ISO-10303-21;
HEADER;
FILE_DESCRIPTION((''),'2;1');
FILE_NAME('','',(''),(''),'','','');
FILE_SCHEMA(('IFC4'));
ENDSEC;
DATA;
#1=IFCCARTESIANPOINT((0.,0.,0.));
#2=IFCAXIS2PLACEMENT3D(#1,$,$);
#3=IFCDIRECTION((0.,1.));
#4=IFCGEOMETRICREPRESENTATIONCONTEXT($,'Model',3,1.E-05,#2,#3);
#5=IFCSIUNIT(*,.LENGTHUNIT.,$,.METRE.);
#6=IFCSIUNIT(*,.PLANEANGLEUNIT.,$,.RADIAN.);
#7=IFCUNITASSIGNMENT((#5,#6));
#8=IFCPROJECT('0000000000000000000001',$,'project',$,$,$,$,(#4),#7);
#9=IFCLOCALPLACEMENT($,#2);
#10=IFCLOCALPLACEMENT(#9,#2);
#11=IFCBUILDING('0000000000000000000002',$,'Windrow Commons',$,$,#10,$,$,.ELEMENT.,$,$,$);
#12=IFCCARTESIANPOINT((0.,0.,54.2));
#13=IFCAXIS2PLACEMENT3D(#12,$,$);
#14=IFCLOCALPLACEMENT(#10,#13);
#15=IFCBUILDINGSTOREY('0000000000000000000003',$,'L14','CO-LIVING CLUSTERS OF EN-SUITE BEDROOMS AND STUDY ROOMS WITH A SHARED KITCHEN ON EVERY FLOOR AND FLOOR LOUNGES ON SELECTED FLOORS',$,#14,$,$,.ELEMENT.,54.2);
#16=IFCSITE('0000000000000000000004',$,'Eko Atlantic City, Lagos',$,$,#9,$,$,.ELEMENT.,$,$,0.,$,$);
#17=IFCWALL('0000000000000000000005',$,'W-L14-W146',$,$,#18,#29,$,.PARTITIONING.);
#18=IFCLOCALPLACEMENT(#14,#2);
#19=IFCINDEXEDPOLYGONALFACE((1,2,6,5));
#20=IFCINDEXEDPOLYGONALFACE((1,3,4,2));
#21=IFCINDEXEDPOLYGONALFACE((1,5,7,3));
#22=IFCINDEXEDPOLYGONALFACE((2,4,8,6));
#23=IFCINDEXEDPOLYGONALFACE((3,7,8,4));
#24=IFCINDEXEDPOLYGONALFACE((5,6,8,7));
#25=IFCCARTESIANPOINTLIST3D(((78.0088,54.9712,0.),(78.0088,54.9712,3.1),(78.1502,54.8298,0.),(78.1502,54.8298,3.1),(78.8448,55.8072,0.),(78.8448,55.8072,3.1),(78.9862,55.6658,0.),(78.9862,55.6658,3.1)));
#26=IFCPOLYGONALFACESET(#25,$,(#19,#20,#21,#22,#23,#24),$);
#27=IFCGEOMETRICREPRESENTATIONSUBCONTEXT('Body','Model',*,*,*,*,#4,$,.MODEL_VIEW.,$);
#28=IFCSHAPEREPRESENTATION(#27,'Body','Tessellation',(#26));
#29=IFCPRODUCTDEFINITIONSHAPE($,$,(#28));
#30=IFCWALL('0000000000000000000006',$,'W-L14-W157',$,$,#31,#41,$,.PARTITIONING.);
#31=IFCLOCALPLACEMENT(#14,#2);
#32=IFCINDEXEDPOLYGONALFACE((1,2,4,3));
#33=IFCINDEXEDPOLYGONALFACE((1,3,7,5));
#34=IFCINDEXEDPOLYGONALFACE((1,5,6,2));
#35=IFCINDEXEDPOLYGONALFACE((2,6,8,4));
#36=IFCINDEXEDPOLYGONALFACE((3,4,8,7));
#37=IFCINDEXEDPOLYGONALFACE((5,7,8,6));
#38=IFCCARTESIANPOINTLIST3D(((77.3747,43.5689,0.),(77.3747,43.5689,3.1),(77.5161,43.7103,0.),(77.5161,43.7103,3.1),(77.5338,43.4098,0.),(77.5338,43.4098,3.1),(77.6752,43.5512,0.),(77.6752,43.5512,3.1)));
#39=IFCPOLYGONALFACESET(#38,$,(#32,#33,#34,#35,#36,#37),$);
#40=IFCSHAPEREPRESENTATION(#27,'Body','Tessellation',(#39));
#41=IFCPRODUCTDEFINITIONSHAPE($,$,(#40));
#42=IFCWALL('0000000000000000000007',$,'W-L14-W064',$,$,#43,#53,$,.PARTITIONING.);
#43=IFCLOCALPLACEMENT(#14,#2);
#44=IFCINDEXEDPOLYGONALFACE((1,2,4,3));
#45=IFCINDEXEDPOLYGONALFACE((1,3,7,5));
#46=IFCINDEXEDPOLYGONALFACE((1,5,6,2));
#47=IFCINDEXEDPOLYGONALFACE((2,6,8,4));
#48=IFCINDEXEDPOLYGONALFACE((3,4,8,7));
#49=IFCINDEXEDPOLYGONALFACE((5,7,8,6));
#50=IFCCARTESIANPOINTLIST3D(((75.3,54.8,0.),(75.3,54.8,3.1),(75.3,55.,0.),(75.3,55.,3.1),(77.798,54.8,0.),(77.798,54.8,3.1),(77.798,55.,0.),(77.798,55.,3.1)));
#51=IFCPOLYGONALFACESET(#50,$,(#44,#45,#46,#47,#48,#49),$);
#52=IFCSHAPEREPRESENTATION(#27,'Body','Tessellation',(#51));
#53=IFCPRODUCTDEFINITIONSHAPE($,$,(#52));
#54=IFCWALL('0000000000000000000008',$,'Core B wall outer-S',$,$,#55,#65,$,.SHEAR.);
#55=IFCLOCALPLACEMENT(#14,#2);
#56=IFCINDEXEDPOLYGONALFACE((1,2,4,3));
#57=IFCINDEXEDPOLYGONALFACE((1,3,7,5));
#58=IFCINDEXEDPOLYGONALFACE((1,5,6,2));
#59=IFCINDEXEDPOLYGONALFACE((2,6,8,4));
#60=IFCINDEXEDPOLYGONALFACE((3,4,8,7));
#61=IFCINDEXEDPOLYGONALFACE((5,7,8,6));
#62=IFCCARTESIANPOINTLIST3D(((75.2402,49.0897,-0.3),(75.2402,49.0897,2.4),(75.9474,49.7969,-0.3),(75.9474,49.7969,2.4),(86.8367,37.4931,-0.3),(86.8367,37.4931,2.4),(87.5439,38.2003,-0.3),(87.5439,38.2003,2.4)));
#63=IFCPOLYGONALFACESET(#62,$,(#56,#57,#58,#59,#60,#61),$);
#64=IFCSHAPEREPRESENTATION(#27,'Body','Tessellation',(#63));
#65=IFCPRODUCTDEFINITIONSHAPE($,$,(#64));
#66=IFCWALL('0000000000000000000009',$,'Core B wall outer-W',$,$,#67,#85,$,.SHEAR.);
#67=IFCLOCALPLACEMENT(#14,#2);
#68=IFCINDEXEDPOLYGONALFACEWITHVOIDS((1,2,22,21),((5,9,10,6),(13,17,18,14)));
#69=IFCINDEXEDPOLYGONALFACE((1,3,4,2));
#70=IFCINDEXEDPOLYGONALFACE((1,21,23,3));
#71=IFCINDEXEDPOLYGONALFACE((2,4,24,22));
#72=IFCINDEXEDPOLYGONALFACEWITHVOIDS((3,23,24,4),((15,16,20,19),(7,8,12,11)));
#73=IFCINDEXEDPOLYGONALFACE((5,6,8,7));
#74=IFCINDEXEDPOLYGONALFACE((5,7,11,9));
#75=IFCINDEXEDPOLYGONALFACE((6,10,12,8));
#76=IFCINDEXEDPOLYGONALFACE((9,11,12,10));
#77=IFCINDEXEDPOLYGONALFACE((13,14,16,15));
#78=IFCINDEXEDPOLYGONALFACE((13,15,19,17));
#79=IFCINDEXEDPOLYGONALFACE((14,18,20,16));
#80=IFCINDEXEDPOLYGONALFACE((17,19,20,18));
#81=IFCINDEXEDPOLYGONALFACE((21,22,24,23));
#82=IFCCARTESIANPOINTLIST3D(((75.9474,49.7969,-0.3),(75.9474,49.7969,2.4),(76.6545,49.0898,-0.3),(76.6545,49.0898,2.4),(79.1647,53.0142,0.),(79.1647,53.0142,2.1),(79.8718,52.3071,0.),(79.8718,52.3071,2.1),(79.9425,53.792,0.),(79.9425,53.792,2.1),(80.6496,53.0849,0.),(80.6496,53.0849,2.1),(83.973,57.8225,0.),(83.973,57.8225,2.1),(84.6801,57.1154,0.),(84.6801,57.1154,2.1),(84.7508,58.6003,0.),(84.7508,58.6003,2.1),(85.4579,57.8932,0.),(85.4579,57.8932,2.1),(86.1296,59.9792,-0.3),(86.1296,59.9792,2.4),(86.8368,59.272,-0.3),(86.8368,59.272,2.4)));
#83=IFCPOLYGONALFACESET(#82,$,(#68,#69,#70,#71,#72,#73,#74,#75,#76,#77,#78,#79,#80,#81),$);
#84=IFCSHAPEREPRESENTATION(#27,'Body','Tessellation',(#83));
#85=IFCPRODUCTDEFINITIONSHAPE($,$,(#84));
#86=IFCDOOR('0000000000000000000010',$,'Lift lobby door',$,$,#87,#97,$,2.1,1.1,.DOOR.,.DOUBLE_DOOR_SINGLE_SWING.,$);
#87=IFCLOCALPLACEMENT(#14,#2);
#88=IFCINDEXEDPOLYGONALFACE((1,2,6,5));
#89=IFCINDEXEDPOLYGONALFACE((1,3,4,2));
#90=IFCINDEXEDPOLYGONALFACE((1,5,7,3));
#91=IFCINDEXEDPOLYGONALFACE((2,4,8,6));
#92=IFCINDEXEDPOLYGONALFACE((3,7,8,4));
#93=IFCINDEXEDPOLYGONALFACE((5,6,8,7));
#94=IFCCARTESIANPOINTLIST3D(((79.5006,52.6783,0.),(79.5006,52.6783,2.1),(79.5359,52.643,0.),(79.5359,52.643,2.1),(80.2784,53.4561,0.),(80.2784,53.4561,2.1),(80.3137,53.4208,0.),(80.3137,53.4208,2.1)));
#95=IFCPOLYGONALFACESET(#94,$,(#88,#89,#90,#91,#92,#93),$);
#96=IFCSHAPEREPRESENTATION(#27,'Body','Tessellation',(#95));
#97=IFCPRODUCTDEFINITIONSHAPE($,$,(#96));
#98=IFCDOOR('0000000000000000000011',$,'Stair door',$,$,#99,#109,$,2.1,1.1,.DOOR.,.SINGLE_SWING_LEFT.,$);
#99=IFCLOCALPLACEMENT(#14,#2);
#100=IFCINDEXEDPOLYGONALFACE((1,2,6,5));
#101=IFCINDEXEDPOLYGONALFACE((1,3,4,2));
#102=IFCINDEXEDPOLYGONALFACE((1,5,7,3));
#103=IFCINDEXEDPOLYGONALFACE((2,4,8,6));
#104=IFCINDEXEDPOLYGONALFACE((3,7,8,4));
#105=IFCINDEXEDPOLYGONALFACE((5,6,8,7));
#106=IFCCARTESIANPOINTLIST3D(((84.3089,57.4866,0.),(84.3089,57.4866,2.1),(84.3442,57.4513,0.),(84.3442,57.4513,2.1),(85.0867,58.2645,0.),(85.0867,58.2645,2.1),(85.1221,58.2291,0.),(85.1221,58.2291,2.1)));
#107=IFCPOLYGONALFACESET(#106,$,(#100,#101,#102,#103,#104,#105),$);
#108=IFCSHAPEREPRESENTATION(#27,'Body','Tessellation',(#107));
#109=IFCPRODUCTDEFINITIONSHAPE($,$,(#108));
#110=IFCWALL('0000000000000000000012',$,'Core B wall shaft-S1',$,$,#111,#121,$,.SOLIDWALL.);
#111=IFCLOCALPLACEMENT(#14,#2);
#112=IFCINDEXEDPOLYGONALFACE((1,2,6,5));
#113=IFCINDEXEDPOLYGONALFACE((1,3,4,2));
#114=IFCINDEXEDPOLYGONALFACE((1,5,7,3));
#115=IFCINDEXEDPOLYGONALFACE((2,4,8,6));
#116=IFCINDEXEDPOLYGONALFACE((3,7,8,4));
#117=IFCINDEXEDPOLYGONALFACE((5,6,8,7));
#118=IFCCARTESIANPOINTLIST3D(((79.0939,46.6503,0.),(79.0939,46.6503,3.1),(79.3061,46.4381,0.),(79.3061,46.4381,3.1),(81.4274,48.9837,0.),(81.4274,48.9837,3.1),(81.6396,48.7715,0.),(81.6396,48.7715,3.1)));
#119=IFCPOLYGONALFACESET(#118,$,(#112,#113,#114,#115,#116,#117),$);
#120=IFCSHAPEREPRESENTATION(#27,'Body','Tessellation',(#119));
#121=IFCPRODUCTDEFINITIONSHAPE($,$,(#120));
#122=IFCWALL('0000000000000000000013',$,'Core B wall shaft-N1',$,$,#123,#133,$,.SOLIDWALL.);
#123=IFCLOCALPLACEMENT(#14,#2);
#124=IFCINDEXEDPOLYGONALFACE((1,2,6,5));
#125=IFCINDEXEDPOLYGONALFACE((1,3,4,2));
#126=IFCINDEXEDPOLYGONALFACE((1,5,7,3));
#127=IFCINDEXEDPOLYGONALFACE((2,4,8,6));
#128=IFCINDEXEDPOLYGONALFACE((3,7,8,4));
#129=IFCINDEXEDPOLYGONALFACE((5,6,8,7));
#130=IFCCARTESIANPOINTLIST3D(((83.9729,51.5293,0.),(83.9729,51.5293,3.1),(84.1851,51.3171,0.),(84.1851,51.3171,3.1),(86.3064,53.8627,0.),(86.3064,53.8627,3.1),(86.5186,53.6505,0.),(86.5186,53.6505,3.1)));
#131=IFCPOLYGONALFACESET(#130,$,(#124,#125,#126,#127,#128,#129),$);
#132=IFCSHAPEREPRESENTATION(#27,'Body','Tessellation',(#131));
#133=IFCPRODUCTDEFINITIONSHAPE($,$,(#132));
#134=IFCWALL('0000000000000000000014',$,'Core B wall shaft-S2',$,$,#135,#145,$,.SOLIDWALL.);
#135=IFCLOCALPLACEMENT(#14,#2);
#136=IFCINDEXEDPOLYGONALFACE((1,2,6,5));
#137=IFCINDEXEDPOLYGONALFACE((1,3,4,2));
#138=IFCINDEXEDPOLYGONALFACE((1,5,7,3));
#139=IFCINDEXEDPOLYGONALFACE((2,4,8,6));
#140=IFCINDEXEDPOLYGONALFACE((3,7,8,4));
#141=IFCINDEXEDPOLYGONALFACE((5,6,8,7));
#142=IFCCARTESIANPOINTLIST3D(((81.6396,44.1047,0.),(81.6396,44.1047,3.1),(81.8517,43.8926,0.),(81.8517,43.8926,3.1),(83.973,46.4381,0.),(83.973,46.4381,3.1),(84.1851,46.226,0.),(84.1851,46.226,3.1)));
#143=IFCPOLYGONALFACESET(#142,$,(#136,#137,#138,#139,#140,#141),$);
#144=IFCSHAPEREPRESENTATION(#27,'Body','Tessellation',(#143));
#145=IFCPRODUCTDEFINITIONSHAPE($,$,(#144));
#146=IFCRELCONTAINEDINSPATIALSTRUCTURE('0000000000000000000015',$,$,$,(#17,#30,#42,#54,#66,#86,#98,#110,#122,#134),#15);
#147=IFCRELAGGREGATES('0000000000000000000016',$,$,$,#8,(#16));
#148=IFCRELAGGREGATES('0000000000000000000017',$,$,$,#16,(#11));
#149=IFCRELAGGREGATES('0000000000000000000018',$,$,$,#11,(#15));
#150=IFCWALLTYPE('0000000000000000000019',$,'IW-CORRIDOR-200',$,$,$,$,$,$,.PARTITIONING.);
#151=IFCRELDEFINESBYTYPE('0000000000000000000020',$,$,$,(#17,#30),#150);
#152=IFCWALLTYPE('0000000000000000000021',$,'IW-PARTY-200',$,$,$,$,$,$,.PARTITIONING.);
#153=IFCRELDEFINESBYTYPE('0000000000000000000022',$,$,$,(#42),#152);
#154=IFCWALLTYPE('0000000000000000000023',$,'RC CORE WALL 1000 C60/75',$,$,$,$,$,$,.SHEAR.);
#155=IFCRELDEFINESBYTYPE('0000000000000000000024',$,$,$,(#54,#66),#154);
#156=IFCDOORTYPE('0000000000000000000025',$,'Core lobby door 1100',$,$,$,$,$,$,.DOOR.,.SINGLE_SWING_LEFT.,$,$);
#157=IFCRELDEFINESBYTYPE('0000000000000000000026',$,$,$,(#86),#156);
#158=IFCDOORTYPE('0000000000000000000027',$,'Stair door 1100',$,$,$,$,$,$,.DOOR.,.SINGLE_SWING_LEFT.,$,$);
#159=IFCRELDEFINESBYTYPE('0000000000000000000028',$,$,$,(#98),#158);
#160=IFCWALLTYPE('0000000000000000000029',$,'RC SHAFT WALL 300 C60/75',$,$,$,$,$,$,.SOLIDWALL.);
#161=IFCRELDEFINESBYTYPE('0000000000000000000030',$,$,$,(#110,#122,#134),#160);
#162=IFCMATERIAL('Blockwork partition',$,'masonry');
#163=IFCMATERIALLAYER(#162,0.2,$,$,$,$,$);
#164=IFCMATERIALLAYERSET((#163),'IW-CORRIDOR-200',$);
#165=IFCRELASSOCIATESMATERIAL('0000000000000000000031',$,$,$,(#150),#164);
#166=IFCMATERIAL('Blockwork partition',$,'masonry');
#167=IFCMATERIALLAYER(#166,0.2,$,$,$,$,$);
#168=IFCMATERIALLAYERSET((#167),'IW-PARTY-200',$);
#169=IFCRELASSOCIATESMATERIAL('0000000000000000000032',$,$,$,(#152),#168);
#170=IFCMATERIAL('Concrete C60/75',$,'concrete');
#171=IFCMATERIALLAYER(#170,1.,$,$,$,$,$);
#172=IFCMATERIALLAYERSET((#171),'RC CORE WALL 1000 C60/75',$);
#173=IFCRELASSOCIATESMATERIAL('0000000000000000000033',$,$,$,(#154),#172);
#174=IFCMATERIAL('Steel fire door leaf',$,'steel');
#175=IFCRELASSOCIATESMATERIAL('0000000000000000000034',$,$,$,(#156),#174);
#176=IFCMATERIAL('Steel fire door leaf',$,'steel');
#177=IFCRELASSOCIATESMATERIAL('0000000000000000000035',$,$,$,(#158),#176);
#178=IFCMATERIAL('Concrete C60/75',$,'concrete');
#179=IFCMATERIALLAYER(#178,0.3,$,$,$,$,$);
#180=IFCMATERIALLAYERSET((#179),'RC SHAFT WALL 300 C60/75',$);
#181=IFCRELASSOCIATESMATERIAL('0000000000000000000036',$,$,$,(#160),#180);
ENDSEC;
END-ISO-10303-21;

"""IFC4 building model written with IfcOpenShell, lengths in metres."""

from ifc_helpers import new_model, si_unit, direction, frame, frame_2d, origin, place, context, subcontext, project, spatial, rectangle, extrude, material, layer, layer_set, type_object, element, fill, save


model = new_model("IFC4")

# Units and contexts
model_context = context("Model", 3, precision=1e-05, world=origin(), true_north=direction((0.0, 1.0)))
body_context = subcontext(model_context, "Body", "Model", "MODEL_VIEW")
ifc_project = project(units=[si_unit("LENGTHUNIT", "METRE"), si_unit("PLANEANGLEUNIT", "RADIAN")], contexts=[model_context])

# Site, building, storey
site_placement = place(None, origin())
site = spatial("IfcSite", under=ifc_project, at=site_placement, Name="Eko Atlantic City, Lagos", CompositionType="ELEMENT", RefElevation=0.0)
building_placement = place(site_placement, origin())
building = spatial("IfcBuilding", under=site, at=building_placement, Name="Windrow Commons", CompositionType="ELEMENT")
storey_placement = place(building_placement, frame((0.0, 0.0, 54.2)))
storey = spatial("IfcBuildingStorey", under=building, at=storey_placement, Name="L14", Description="CO-LIVING CLUSTERS OF EN-SUITE BEDROOMS AND STUDY ROOMS WITH A SHARED KITCHEN ON EVERY FLOOR AND FLOOR LOUNGES ON SELECTED FLOORS", CompositionType="ELEMENT", Elevation=54.2)

# Shared definitions
ifc_material_1 = material(Name="Blockwork partition", Category="masonry")
ifc_layer_1 = layer(ifc_material_1, 0.2)
ifc_layer_set_1 = layer_set([ifc_layer_1], Name="IW-CORRIDOR-200")
wall_type_1 = type_object("IfcWallType", Name="IW-CORRIDOR-200", PredefinedType="PARTITIONING", material=ifc_layer_set_1)

# Walls
wall_1_placement = place(storey_placement, frame((78.0795, 54.9005, 0.0), z_axis=(0.0, 0.0, 1.0), x_axis=(0.707107, 0.707107, 0.0)))
element("IfcWall", 1, at=wall_1_placement, inside=storey, type_object=wall_type_1, Name="W-L14-W146", PredefinedType="PARTITIONING", context=body_context, shape_type="SweptSolid", body=[
    extrude(rectangle(XDim=1.1823, YDim=0.2, at=frame_2d((0.5911, 0.0))), origin(), (0.0, 0.0, 1.0), 3.1),
])
wall_2_placement = place(storey_placement, frame((77.4454, 43.6396, 0.0), z_axis=(0.0, 0.0, 1.0), x_axis=(0.707107, -0.707107, 0.0)))
element("IfcWall", 2, at=wall_2_placement, inside=storey, type_object=wall_type_1, Name="W-L14-W157", PredefinedType="PARTITIONING", context=body_context, shape_type="SweptSolid", body=[
    extrude(rectangle(XDim=0.225, YDim=0.2, at=frame_2d((0.1125, 0.0))), origin(), (0.0, 0.0, 1.0), 3.1),
])
ifc_material_2 = material(Name="Blockwork partition", Category="masonry")
ifc_layer_2 = layer(ifc_material_2, 0.2)
ifc_layer_set_2 = layer_set([ifc_layer_2], Name="IW-PARTY-200")
wall_type_2 = type_object("IfcWallType", Name="IW-PARTY-200", PredefinedType="PARTITIONING", material=ifc_layer_set_2)
wall_3_placement = place(storey_placement, frame((75.3, 54.9, 0.0), z_axis=(0.0, 0.0, 1.0), x_axis=(1.0, 0.0, 0.0)))
element("IfcWall", 3, at=wall_3_placement, inside=storey, type_object=wall_type_2, Name="W-L14-W064", PredefinedType="PARTITIONING", context=body_context, shape_type="SweptSolid", body=[
    extrude(rectangle(XDim=2.498, YDim=0.2, at=frame_2d((1.249, 0.0))), origin(), (0.0, 0.0, 1.0), 3.1),
])
ifc_material_3 = material(Name="Concrete C60/75", Category="concrete")
ifc_layer_3 = layer(ifc_material_3, 1.0)
ifc_layer_set_3 = layer_set([ifc_layer_3], Name="RC CORE WALL 1000 C60/75")
wall_type_3 = type_object("IfcWallType", Name="RC CORE WALL 1000 C60/75", PredefinedType="SHEAR", material=ifc_layer_set_3)
wall_4_placement = place(storey_placement, frame((75.5938, 49.4433, -0.3), z_axis=(0.0, 0.0, 1.0), x_axis=(0.707104, -0.70711, 0.0)))
element("IfcWall", 4, at=wall_4_placement, inside=storey, type_object=wall_type_3, Name="Core B wall outer-S", PredefinedType="SHEAR", context=body_context, shape_type="SweptSolid", body=[
    extrude(rectangle(XDim=16.4, YDim=1.0, at=frame_2d((8.2, 0.0))), origin(), (0.0, 0.0, 1.0), 2.7),
])

# Wall, openings, doors
wall_5_placement = place(storey_placement, frame((76.3009, 49.4433, -0.3), z_axis=(0.0, 0.0, 1.0), x_axis=(0.707107, 0.707107, 0.0)))
wall_5 = element("IfcWall", 5, at=wall_5_placement, inside=storey, type_object=wall_type_3, Name="Core B wall outer-W", PredefinedType="SHEAR", context=body_context, shape_type="SweptSolid", body=[
    extrude(rectangle(XDim=14.3999, YDim=1.0, at=frame_2d((7.2, 0.0))), origin(), (0.0, 0.0, 1.0), 2.7),
])
opening_1_placement = place(wall_5_placement, frame((4.55, 0.0, 0.3)))
opening_1 = element("IfcOpeningElement", 6, at=opening_1_placement, cuts=wall_5, PredefinedType="OPENING", context=body_context, shape_type="SweptSolid", body=[
    extrude(rectangle(XDim=1.1, YDim=2.1, at=frame_2d((0.55, 1.05))), frame((0.0, 0.51, 0.0), z_axis=(0.0, -1.0, 0.0), x_axis=(1.0, 0.0, 0.0)), (0.0, 0.0, 1.0), 1.02),
])
opening_2_placement = place(wall_5_placement, frame((11.35, 0.0, 0.3)))
opening_2 = element("IfcOpeningElement", 7, at=opening_2_placement, cuts=wall_5, PredefinedType="OPENING", context=body_context, shape_type="SweptSolid", body=[
    extrude(rectangle(XDim=1.1, YDim=2.1, at=frame_2d((0.55, 1.05))), frame((0.0, 0.51, 0.0), z_axis=(0.0, -1.0, 0.0), x_axis=(1.0, 0.0, 0.0)), (0.0, 0.0, 1.0), 1.02),
])
ifc_material_4 = material(Name="Steel fire door leaf", Category="steel")
door_type_1 = type_object("IfcDoorType", Name="Core lobby door 1100", OperationType="SINGLE_SWING_LEFT", PredefinedType="DOOR", material=ifc_material_4)
door_1_placement = place(opening_1_placement, origin())
door_1 = element("IfcDoor", 8, at=door_1_placement, inside=storey, type_object=door_type_1, Name="Lift lobby door", OperationType="DOUBLE_DOOR_SINGLE_SWING", OverallHeight=2.1, OverallWidth=1.1, PredefinedType="DOOR", context=body_context, shape_type="SweptSolid", body=[
    extrude(rectangle(XDim=1.1, YDim=2.1, at=frame_2d((0.55, 1.05))), frame((0.0, 0.025, 0.0), z_axis=(0.0, -1.0, 0.0), x_axis=(1.0, 0.0, 0.0)), (0.0, 0.0, 1.0), 0.05),
])
fill(opening_1, door_1)
ifc_material_5 = material(Name="Steel fire door leaf", Category="steel")
door_type_2 = type_object("IfcDoorType", Name="Stair door 1100", OperationType="SINGLE_SWING_LEFT", PredefinedType="DOOR", material=ifc_material_5)
door_2_placement = place(opening_2_placement, origin())
door_2 = element("IfcDoor", 9, at=door_2_placement, inside=storey, type_object=door_type_2, Name="Stair door", OperationType="SINGLE_SWING_LEFT", OverallHeight=2.1, OverallWidth=1.1, PredefinedType="DOOR", context=body_context, shape_type="SweptSolid", body=[
    extrude(rectangle(XDim=1.1, YDim=2.1, at=frame_2d((0.55, 1.05))), frame((0.0, 0.025, 0.0), z_axis=(0.0, -1.0, 0.0), x_axis=(1.0, 0.0, 0.0)), (0.0, 0.0, 1.0), 0.05),
])
fill(opening_2, door_2)

# Walls
ifc_material_6 = material(Name="Concrete C60/75", Category="concrete")
ifc_layer_4 = layer(ifc_material_6, 0.3)
ifc_layer_set_4 = layer_set([ifc_layer_4], Name="RC SHAFT WALL 300 C60/75")
wall_type_4 = type_object("IfcWallType", Name="RC SHAFT WALL 300 C60/75", PredefinedType="SOLIDWALL", material=ifc_layer_set_4)
for number, where, z_axis, x_axis, name in (
    (10, (79.2, 46.5442, 0.0), (0.0, 0.0, 1.0), (0.707122, 0.707092, 0.0), "Core B wall shaft-S1"),
    (11, (84.079, 51.4232, 0.0), (0.0, 0.0, 1.0), (0.707122, 0.707092, 0.0), "Core B wall shaft-N1"),
):
    element("IfcWall", number, at=place(storey_placement, frame(where, z_axis=z_axis, x_axis=x_axis)), inside=storey, type_object=wall_type_4, Name=name, PredefinedType="SOLIDWALL", context=body_context, shape_type="SweptSolid", body=[
        extrude(rectangle(XDim=3.3, YDim=0.3, at=frame_2d((1.65, 0.0))), origin(), (0.0, 0.0, 1.0), 3.1),
    ])
wall_6_placement = place(storey_placement, frame((81.7456, 43.9986, 0.0), z_axis=(0.0, 0.0, 1.0), x_axis=(0.707107, 0.707107, 0.0)))
element("IfcWall", 12, at=wall_6_placement, inside=storey, type_object=wall_type_4, Name="Core B wall shaft-S2", PredefinedType="SOLIDWALL", context=body_context, shape_type="SweptSolid", body=[
    extrude(rectangle(XDim=3.2999, YDim=0.3, at=frame_2d((1.65, 0.0))), origin(), (0.0, 0.0, 1.0), 3.1),
])

save(model, "model.ifc")
